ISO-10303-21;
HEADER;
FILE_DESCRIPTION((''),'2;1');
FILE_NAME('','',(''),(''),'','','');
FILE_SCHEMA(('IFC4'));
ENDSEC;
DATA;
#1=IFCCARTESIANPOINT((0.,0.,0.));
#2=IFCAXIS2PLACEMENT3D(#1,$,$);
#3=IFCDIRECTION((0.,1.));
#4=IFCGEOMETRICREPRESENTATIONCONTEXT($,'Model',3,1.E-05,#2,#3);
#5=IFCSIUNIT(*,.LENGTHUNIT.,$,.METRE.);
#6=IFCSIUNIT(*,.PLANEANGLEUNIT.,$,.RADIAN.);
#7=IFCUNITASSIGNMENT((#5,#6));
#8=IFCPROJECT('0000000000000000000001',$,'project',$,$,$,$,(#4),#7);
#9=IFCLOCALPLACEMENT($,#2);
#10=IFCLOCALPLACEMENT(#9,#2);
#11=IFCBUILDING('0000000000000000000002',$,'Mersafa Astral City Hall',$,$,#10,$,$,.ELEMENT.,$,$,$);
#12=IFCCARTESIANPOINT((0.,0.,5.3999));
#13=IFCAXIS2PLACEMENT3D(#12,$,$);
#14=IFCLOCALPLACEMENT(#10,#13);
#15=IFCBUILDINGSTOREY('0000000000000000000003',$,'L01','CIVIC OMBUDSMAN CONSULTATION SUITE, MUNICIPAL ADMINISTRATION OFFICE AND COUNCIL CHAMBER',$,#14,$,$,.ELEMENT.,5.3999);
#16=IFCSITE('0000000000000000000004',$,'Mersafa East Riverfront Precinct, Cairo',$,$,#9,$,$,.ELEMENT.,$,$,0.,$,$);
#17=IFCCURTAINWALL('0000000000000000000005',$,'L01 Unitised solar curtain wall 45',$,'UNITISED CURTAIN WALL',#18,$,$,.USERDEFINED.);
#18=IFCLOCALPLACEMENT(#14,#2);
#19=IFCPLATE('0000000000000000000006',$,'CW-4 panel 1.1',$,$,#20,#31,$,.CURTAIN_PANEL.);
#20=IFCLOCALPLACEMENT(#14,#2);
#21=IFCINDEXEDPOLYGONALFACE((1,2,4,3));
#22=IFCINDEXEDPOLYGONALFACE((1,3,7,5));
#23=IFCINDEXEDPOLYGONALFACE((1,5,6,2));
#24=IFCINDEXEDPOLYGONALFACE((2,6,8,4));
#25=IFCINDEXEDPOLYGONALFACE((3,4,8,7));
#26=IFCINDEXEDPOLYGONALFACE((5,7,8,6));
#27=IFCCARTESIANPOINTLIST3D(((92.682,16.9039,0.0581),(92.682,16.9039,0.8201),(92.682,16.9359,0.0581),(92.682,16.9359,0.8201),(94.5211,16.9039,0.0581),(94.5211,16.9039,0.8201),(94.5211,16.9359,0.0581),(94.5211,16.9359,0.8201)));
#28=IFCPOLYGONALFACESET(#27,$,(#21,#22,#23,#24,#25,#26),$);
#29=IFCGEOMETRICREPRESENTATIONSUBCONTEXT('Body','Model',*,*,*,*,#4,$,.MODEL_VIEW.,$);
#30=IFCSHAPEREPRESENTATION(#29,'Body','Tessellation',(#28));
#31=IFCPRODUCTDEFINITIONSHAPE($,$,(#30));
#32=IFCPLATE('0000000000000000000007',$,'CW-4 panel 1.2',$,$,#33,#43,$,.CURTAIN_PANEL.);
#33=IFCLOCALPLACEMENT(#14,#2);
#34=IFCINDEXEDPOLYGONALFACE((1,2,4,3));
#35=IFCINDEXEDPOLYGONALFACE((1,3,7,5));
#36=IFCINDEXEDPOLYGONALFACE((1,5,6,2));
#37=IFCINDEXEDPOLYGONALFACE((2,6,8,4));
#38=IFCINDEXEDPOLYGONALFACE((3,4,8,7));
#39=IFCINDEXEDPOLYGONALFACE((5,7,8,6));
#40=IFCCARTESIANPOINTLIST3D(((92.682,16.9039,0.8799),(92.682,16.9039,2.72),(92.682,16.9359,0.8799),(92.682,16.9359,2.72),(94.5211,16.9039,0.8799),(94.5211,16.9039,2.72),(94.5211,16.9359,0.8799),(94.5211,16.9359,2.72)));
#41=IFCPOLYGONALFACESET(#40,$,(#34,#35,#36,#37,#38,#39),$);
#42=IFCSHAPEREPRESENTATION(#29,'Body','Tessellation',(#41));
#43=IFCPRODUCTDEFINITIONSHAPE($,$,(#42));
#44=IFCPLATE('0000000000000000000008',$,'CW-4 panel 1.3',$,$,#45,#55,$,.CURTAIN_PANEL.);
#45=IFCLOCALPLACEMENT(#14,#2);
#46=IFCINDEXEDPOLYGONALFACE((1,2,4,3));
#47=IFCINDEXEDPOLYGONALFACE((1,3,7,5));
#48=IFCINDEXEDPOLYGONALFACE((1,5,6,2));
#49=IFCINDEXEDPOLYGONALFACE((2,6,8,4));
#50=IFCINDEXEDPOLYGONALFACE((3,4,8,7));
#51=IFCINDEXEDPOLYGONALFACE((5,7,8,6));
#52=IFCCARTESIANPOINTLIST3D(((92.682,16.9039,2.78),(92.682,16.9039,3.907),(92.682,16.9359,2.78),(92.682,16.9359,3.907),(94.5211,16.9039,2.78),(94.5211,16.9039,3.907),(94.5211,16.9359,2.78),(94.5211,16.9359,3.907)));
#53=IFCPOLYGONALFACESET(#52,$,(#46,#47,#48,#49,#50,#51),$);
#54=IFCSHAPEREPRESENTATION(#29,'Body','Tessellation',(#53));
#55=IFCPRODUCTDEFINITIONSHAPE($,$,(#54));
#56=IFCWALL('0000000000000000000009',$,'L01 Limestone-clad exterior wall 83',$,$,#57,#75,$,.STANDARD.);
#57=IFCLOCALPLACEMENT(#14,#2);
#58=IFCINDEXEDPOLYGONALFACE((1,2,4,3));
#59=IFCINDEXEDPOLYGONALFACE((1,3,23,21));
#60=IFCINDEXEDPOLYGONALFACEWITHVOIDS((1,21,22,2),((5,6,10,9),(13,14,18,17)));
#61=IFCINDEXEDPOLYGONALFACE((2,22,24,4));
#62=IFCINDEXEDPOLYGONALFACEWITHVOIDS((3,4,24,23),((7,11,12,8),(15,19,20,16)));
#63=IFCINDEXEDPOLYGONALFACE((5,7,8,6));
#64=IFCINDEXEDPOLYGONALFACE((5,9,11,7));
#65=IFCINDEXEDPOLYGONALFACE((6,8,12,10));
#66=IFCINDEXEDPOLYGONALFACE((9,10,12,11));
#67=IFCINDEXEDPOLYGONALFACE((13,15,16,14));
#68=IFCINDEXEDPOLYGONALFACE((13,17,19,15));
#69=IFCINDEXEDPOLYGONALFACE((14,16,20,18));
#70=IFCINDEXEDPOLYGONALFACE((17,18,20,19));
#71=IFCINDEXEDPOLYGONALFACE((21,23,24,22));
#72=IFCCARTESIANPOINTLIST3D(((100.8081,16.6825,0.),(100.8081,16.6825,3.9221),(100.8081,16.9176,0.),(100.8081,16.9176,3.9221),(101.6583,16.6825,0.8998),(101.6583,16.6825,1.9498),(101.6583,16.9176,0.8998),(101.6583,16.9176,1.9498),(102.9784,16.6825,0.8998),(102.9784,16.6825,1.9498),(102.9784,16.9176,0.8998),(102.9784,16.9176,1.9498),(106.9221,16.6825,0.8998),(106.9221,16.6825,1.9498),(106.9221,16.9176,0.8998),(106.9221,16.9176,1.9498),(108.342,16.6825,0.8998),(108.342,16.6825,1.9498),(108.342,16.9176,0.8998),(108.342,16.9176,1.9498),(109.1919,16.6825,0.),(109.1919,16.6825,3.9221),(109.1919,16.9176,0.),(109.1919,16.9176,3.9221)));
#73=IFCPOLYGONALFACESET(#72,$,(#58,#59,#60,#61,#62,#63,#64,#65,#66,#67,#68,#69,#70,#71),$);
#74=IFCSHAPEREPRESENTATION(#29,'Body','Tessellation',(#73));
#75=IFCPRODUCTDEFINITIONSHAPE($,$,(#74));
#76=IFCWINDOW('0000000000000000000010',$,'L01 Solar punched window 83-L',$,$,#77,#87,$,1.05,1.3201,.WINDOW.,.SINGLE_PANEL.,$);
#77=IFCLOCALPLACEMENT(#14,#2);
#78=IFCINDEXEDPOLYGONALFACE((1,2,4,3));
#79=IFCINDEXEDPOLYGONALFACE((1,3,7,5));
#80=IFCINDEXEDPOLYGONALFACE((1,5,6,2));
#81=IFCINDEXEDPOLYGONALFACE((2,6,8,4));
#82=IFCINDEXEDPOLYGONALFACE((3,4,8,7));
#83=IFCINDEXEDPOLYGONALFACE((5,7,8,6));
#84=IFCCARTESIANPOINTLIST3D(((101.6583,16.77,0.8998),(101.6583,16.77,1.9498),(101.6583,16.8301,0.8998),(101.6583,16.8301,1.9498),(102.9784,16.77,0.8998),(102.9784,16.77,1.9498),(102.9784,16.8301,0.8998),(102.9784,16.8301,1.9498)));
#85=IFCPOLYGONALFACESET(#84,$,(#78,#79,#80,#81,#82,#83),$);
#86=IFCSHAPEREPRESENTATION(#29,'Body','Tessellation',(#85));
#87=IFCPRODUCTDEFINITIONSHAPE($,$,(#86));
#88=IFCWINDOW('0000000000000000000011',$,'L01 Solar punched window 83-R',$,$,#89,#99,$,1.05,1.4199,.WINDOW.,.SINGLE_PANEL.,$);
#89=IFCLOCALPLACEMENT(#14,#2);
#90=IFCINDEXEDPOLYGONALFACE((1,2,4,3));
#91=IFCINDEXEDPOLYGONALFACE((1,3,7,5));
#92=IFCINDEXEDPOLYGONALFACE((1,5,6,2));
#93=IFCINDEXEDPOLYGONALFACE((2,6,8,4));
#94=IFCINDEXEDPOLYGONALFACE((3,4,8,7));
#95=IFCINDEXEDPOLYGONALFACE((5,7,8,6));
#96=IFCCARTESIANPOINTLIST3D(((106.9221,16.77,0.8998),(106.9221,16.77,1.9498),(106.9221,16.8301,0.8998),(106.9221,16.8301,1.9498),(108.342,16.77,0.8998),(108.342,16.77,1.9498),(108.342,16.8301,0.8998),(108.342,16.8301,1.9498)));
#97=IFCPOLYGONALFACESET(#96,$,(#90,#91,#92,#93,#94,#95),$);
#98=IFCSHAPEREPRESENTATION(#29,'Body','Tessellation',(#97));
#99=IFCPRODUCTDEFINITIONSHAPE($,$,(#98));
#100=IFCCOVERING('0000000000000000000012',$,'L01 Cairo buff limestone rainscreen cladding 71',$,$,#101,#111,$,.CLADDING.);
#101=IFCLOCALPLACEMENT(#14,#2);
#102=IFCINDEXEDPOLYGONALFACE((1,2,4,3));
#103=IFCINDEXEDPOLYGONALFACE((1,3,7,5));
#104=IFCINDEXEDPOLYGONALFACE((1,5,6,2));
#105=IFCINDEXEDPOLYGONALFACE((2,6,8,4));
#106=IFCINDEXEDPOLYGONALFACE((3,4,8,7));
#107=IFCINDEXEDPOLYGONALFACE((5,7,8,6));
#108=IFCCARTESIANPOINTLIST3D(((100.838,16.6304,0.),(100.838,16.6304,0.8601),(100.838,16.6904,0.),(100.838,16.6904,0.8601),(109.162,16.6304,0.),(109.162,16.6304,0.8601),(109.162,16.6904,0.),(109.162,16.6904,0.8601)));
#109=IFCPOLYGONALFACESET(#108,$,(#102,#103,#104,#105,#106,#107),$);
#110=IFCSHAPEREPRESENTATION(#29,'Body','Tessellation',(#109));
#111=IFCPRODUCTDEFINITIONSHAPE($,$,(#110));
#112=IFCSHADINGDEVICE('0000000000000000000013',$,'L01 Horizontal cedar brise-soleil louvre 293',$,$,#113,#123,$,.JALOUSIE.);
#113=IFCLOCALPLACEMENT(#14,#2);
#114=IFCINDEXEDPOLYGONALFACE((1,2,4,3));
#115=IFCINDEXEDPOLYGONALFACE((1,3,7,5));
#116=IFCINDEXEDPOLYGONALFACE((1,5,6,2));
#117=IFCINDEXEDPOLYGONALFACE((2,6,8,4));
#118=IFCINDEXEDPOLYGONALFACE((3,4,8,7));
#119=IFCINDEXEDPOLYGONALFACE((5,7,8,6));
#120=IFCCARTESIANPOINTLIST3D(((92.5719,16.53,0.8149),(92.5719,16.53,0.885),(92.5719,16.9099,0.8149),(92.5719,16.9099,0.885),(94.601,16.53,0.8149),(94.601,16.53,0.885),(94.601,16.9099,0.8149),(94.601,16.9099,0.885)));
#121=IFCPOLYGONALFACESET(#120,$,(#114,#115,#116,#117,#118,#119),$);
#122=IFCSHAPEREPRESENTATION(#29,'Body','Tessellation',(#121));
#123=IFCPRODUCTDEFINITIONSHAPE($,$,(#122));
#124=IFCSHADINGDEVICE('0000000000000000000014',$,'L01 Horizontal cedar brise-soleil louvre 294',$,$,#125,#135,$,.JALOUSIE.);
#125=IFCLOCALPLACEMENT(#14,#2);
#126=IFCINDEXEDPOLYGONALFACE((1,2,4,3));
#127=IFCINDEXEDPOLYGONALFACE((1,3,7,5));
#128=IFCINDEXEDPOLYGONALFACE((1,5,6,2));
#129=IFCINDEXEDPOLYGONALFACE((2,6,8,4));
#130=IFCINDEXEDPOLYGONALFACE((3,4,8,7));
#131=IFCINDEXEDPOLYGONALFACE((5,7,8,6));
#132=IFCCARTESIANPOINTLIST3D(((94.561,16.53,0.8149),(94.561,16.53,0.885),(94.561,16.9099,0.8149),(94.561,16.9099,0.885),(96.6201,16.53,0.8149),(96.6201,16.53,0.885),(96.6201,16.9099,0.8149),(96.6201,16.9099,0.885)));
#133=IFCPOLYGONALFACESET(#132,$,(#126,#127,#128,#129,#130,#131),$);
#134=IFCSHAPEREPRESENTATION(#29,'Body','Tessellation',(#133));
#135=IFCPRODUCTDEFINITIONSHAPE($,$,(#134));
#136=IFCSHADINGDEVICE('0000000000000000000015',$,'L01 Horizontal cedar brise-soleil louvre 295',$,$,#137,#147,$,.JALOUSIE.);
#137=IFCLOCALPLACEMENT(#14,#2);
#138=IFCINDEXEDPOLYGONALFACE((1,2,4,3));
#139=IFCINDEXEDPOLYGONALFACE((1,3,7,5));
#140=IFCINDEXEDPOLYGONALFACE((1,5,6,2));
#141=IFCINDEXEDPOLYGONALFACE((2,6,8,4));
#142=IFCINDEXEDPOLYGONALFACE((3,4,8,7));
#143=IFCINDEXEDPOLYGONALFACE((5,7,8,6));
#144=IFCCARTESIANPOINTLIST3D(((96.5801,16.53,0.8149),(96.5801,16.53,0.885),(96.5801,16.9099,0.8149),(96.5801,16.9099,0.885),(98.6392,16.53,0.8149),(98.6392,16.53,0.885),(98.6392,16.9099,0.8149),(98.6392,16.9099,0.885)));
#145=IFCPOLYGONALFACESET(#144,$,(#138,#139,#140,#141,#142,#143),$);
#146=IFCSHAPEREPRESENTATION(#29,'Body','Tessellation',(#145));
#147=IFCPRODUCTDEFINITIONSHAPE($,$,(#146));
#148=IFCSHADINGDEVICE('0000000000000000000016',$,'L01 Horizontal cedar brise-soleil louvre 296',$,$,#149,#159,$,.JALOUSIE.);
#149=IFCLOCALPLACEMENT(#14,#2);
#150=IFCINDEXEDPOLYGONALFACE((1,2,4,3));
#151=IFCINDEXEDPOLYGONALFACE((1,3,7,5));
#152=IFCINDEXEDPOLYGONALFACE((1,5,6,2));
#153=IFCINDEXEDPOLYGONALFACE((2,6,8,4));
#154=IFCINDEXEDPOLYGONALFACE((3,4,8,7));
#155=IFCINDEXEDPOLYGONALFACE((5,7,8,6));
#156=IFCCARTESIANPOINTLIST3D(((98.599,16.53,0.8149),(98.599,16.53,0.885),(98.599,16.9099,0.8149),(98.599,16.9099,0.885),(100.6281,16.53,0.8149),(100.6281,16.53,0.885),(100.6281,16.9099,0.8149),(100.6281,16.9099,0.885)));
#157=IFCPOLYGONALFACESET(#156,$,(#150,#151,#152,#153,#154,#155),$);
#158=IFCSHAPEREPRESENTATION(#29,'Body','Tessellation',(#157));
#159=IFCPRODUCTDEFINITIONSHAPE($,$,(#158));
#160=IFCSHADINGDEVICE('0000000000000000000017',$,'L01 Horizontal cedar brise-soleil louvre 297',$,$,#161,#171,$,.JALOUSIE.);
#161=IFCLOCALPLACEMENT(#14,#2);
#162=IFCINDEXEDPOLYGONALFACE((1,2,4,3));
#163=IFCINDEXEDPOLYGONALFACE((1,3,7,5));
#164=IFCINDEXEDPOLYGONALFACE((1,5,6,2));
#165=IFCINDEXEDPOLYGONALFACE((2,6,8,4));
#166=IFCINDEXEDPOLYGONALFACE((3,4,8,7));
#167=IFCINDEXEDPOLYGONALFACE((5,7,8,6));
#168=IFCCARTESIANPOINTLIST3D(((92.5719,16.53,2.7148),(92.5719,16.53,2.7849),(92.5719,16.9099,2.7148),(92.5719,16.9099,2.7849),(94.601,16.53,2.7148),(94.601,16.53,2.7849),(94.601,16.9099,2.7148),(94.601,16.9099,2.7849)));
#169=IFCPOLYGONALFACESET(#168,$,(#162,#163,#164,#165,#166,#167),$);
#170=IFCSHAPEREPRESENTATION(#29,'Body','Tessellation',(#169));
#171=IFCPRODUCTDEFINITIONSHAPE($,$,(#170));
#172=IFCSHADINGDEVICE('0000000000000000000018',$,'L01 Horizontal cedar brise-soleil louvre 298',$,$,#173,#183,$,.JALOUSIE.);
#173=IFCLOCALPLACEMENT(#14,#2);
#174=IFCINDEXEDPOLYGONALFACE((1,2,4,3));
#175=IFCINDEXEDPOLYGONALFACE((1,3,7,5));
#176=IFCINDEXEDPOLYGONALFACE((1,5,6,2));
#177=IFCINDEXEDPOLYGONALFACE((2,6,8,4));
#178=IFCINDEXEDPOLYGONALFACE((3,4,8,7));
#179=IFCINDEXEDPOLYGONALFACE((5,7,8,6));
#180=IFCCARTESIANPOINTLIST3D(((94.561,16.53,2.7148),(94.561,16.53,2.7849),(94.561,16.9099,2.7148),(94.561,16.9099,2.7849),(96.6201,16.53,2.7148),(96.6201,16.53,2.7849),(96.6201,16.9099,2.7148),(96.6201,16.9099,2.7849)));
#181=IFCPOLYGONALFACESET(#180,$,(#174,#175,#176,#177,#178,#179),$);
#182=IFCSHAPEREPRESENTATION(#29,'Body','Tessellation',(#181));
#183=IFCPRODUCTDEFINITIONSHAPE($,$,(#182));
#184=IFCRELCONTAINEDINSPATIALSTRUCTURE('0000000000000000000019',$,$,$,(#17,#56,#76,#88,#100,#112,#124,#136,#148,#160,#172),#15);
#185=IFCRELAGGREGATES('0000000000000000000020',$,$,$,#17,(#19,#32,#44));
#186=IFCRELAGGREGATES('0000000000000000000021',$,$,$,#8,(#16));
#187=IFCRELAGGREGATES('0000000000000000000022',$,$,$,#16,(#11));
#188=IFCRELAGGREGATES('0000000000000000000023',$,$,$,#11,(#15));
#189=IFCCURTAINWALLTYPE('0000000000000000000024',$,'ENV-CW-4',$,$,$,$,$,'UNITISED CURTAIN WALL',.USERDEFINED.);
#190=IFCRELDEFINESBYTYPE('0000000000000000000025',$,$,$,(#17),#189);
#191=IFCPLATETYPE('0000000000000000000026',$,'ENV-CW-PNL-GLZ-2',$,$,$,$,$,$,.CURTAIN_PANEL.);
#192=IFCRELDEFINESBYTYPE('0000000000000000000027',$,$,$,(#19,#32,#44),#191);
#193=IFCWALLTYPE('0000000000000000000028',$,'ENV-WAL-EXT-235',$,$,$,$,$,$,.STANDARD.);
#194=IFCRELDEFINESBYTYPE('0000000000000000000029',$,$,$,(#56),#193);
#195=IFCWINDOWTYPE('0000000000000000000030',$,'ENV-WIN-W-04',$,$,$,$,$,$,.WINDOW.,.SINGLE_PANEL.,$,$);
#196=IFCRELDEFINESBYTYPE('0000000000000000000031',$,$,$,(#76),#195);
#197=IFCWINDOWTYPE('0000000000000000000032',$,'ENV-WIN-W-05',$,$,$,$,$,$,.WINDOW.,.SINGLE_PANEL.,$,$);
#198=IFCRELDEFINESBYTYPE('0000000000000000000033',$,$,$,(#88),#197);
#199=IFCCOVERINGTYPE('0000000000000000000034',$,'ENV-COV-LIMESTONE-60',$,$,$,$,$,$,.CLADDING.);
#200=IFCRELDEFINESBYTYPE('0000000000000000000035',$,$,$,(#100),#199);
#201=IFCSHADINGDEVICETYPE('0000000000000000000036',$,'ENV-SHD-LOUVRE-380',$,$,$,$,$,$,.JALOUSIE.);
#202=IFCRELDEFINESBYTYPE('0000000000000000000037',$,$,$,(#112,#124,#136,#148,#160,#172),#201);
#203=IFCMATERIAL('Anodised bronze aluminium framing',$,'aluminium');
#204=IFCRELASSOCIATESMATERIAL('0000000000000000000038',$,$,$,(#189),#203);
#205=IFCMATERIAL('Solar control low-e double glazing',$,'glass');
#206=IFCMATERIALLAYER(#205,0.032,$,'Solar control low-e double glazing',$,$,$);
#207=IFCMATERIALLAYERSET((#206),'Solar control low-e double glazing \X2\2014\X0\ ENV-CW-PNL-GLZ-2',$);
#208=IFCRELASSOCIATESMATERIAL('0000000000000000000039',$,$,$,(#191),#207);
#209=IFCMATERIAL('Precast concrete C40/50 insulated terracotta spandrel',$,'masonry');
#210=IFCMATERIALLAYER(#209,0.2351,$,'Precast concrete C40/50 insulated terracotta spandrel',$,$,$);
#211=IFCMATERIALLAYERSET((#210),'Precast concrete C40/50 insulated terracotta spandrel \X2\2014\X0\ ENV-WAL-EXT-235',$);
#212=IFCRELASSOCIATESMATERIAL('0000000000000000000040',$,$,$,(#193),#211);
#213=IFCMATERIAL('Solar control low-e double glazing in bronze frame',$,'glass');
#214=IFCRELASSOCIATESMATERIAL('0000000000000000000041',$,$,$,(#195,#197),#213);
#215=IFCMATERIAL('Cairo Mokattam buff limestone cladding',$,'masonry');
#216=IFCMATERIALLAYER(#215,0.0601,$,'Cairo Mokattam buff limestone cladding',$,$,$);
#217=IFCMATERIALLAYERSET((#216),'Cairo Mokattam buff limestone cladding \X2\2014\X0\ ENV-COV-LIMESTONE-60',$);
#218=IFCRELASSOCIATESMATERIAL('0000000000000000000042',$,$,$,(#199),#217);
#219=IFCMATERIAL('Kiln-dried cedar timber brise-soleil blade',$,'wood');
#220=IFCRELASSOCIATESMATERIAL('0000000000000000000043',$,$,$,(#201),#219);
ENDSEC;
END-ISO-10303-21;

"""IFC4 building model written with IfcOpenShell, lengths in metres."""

from ifc_helpers import new_model, si_unit, direction, frame, frame_2d, origin, origin_2d, place, context, subcontext, project, spatial, rectangle, extrude, material, layer, layer_set, type_object, element, fill, aggregate, save


model = new_model("IFC4")

# Units and contexts
model_context = context("Model", 3, precision=1e-05, world=origin(), true_north=direction((0.0, 1.0)))
body_context = subcontext(model_context, "Body", "Model", "MODEL_VIEW")
ifc_project = project(units=[si_unit("LENGTHUNIT", "METRE"), si_unit("PLANEANGLEUNIT", "RADIAN")], contexts=[model_context])

# Site, building, storey
site_placement = place(None, origin())
site = spatial("IfcSite", under=ifc_project, at=site_placement, Name="Mersafa East Riverfront Precinct, Cairo", CompositionType="ELEMENT", RefElevation=0.0)
building_placement = place(site_placement, origin())
building = spatial("IfcBuilding", under=site, at=building_placement, Name="Mersafa Astral City Hall", CompositionType="ELEMENT")
storey_placement = place(building_placement, frame((0.0, 0.0, 5.3999)))
storey = spatial("IfcBuildingStorey", under=building, at=storey_placement, Name="L01", Description="CIVIC OMBUDSMAN CONSULTATION SUITE, MUNICIPAL ADMINISTRATION OFFICE AND COUNCIL CHAMBER", CompositionType="ELEMENT", Elevation=5.3999)

# Curtain wall, plates
ifc_material_1 = material(Name="Anodised bronze aluminium framing", Category="aluminium")
curtain_wall_type = type_object("IfcCurtainWallType", Name="ENV-CW-4", ElementType="UNITISED CURTAIN WALL", PredefinedType="USERDEFINED", material=ifc_material_1)
curtain_wall_placement = place(storey_placement, origin())
curtain_wall = element("IfcCurtainWall", 1, at=curtain_wall_placement, inside=storey, type_object=curtain_wall_type, Name="L01 Unitised solar curtain wall 45", ObjectType="UNITISED CURTAIN WALL", PredefinedType="USERDEFINED")
ifc_material_2 = material(Name="Solar control low-e double glazing", Category="glass")
ifc_layer_1 = layer(ifc_material_2, 0.032, Name="Solar control low-e double glazing")
ifc_layer_set_1 = layer_set([ifc_layer_1], Name="Solar control low-e double glazing — ENV-CW-PNL-GLZ-2")
plate_type = type_object("IfcPlateType", Name="ENV-CW-PNL-GLZ-2", PredefinedType="CURTAIN_PANEL", material=ifc_layer_set_1)
plate_1_placement = place(storey_placement, frame((93.6016, 16.9199, 0.0581), z_axis=(0.0, 0.0, 1.0), x_axis=(1.0, 0.0, 0.0)))
plate_1 = element("IfcPlate", 2, at=plate_1_placement, type_object=plate_type, Name="CW-4 panel 1.1", PredefinedType="CURTAIN_PANEL", context=body_context, shape_type="SweptSolid", body=[
    extrude(rectangle(XDim=1.8391, YDim=0.032, at=origin_2d()), origin(), (0.0, 0.0, 1.0), 0.762),
])
plate_2_placement = place(storey_placement, frame((93.6016, 16.9199, 0.8799), z_axis=(0.0, 0.0, 1.0), x_axis=(1.0, 0.0, 0.0)))
plate_2 = element("IfcPlate", 3, at=plate_2_placement, type_object=plate_type, Name="CW-4 panel 1.2", PredefinedType="CURTAIN_PANEL", context=body_context, shape_type="SweptSolid", body=[
    extrude(rectangle(XDim=1.8391, YDim=0.032, at=origin_2d()), origin(), (0.0, 0.0, 1.0), 1.8401),
])
plate_3_placement = place(storey_placement, frame((93.6016, 16.9199, 2.78), z_axis=(0.0, 0.0, 1.0), x_axis=(1.0, 0.0, 0.0)))
plate_3 = element("IfcPlate", 4, at=plate_3_placement, type_object=plate_type, Name="CW-4 panel 1.3", PredefinedType="CURTAIN_PANEL", context=body_context, shape_type="SweptSolid", body=[
    extrude(rectangle(XDim=1.8391, YDim=0.032, at=origin_2d()), origin(), (0.0, 0.0, 1.0), 1.127),
])
aggregate(curtain_wall, [plate_1, plate_2, plate_3])

# Wall, openings, windows
ifc_material_3 = material(Name="Precast concrete C40/50 insulated terracotta spandrel", Category="masonry")
ifc_layer_2 = layer(ifc_material_3, 0.2351, Name="Precast concrete C40/50 insulated terracotta spandrel")
ifc_layer_set_2 = layer_set([ifc_layer_2], Name="Precast concrete C40/50 insulated terracotta spandrel — ENV-WAL-EXT-235")
wall_type = type_object("IfcWallType", Name="ENV-WAL-EXT-235", PredefinedType="STANDARD", material=ifc_layer_set_2)
wall_placement = place(storey_placement, frame((100.8081, 16.8, 0.0), z_axis=(0.0, 0.0, 1.0), x_axis=(1.0, 0.0, 0.0)))
wall = element("IfcWall", 5, at=wall_placement, inside=storey, type_object=wall_type, Name="L01 Limestone-clad exterior wall 83", PredefinedType="STANDARD", context=body_context, shape_type="SweptSolid", body=[
    extrude(rectangle(XDim=8.3838, YDim=0.2351, at=frame_2d((4.1919, 0.0))), origin(), (0.0, 0.0, 1.0), 3.9221),
])
opening_1_placement = place(wall_placement, frame((0.8501, 0.0, 0.8999)))
opening_1 = element("IfcOpeningElement", 6, at=opening_1_placement, cuts=wall, PredefinedType="OPENING", context=body_context, shape_type="SweptSolid", body=[
    extrude(rectangle(XDim=1.3201, YDim=1.05, at=frame_2d((0.6602, 0.5249))), frame((0.0, 0.1274, 0.0), z_axis=(0.0, -1.0, 0.0), x_axis=(1.0, 0.0, 0.0)), (0.0, 0.0, 1.0), 0.2551),
])
opening_2_placement = place(wall_placement, frame((6.114, 0.0, 0.8999)))
opening_2 = element("IfcOpeningElement", 7, at=opening_2_placement, cuts=wall, PredefinedType="OPENING", context=body_context, shape_type="SweptSolid", body=[
    extrude(rectangle(XDim=1.4199, YDim=1.05, at=frame_2d((0.71, 0.5249))), frame((0.0, 0.1274, 0.0), z_axis=(0.0, -1.0, 0.0), x_axis=(1.0, 0.0, 0.0)), (0.0, 0.0, 1.0), 0.2551),
])
ifc_material_4 = material(Name="Solar control low-e double glazing in bronze frame", Category="glass")
window_type_1 = type_object("IfcWindowType", Name="ENV-WIN-W-04", PartitioningType="SINGLE_PANEL", PredefinedType="WINDOW", material=ifc_material_4)
window_1_placement = place(opening_1_placement, origin())
window_1 = element("IfcWindow", 8, at=window_1_placement, inside=storey, type_object=window_type_1, Name="L01 Solar punched window 83-L", OverallHeight=1.05, OverallWidth=1.3201, PartitioningType="SINGLE_PANEL", PredefinedType="WINDOW", context=body_context, shape_type="SweptSolid", body=[
    extrude(rectangle(XDim=1.3201, YDim=1.05, at=frame_2d((0.6602, 0.5249))), frame((0.0, 0.03, 0.0), z_axis=(0.0, -1.0, 0.0), x_axis=(1.0, 0.0, 0.0)), (0.0, 0.0, 1.0), 0.0601),
])
fill(opening_1, window_1)
window_type_2 = type_object("IfcWindowType", Name="ENV-WIN-W-05", PartitioningType="SINGLE_PANEL", PredefinedType="WINDOW", material=ifc_material_4)
window_2_placement = place(opening_2_placement, origin())
window_2 = element("IfcWindow", 9, at=window_2_placement, inside=storey, type_object=window_type_2, Name="L01 Solar punched window 83-R", OverallHeight=1.05, OverallWidth=1.4199, PartitioningType="SINGLE_PANEL", PredefinedType="WINDOW", context=body_context, shape_type="SweptSolid", body=[
    extrude(rectangle(XDim=1.4199, YDim=1.05, at=frame_2d((0.71, 0.5249))), frame((0.0, 0.03, 0.0), z_axis=(0.0, -1.0, 0.0), x_axis=(1.0, 0.0, 0.0)), (0.0, 0.0, 1.0), 0.0601),
])
fill(opening_2, window_2)

# Covering
ifc_material_5 = material(Name="Cairo Mokattam buff limestone cladding", Category="masonry")
ifc_layer_3 = layer(ifc_material_5, 0.0601, Name="Cairo Mokattam buff limestone cladding")
ifc_layer_set_3 = layer_set([ifc_layer_3], Name="Cairo Mokattam buff limestone cladding — ENV-COV-LIMESTONE-60")
covering_type = type_object("IfcCoveringType", Name="ENV-COV-LIMESTONE-60", PredefinedType="CLADDING", material=ifc_layer_set_3)
covering_placement = place(storey_placement, frame((105.0, 16.6604, 0.0), z_axis=(0.0, 0.0, 1.0), x_axis=(1.0, 0.0, 0.0)))
element("IfcCovering", 10, at=covering_placement, inside=storey, type_object=covering_type, Name="L01 Cairo buff limestone rainscreen cladding 71", PredefinedType="CLADDING", context=body_context, shape_type="SweptSolid", body=[
    extrude(rectangle(XDim=8.324, YDim=0.0601, at=origin_2d()), origin(), (0.0, 0.0, 1.0), 0.8601),
])

# Shading devices
ifc_material_6 = material(Name="Kiln-dried cedar timber brise-soleil blade", Category="wood")
shading_device_type = type_object("IfcShadingDeviceType", Name="ENV-SHD-LOUVRE-380", PredefinedType="JALOUSIE", material=ifc_material_6)
shading_device_1_placement = place(storey_placement, frame((93.5864, 16.72, 0.8149), z_axis=(0.0, 0.0, 1.0), x_axis=(1.0, 0.0, 0.0)))
element("IfcShadingDevice", 11, at=shading_device_1_placement, inside=storey, type_object=shading_device_type, Name="L01 Horizontal cedar brise-soleil louvre 293", PredefinedType="JALOUSIE", context=body_context, shape_type="SweptSolid", body=[
    extrude(rectangle(XDim=2.0291, YDim=0.3799, at=origin_2d()), origin(), (0.0, 0.0, 1.0), 0.0701),
])
for number, where, z_axis, x_axis, name in (
    (12, (95.5906, 16.72, 0.8149), (0.0, 0.0, 1.0), (1.0, 0.0, 0.0), "L01 Horizontal cedar brise-soleil louvre 294"),
    (13, (97.6096, 16.72, 0.8149), (0.0, 0.0, 1.0), (1.0, 0.0, 0.0), "L01 Horizontal cedar brise-soleil louvre 295"),
):
    element("IfcShadingDevice", number, at=place(storey_placement, frame(where, z_axis=z_axis, x_axis=x_axis)), inside=storey, type_object=shading_device_type, Name=name, PredefinedType="JALOUSIE", context=body_context, shape_type="SweptSolid", body=[
        extrude(rectangle(XDim=2.0591, YDim=0.3799, at=origin_2d()), origin(), (0.0, 0.0, 1.0), 0.0701),
    ])
for number, where, z_axis, x_axis, name in (
    (14, (99.6135, 16.72, 0.8149), (0.0, 0.0, 1.0), (1.0, 0.0, 0.0), "L01 Horizontal cedar brise-soleil louvre 296"),
    (15, (93.5864, 16.72, 2.7148), (0.0, 0.0, 1.0), (1.0, 0.0, 0.0), "L01 Horizontal cedar brise-soleil louvre 297"),
):
    element("IfcShadingDevice", number, at=place(storey_placement, frame(where, z_axis=z_axis, x_axis=x_axis)), inside=storey, type_object=shading_device_type, Name=name, PredefinedType="JALOUSIE", context=body_context, shape_type="SweptSolid", body=[
        extrude(rectangle(XDim=2.0291, YDim=0.3799, at=origin_2d()), origin(), (0.0, 0.0, 1.0), 0.0701),
    ])
for number, where, z_axis, x_axis, name in (
    (16, (95.5906, 16.72, 2.7148), (0.0, 0.0, 1.0), (1.0, 0.0, 0.0), "L01 Horizontal cedar brise-soleil louvre 298"),
):
    element("IfcShadingDevice", number, at=place(storey_placement, frame(where, z_axis=z_axis, x_axis=x_axis)), inside=storey, type_object=shading_device_type, Name=name, PredefinedType="JALOUSIE", context=body_context, shape_type="SweptSolid", body=[
        extrude(rectangle(XDim=2.0591, YDim=0.3799, at=origin_2d()), origin(), (0.0, 0.0, 1.0), 0.0701),
    ])

save(model, "model.ifc")
